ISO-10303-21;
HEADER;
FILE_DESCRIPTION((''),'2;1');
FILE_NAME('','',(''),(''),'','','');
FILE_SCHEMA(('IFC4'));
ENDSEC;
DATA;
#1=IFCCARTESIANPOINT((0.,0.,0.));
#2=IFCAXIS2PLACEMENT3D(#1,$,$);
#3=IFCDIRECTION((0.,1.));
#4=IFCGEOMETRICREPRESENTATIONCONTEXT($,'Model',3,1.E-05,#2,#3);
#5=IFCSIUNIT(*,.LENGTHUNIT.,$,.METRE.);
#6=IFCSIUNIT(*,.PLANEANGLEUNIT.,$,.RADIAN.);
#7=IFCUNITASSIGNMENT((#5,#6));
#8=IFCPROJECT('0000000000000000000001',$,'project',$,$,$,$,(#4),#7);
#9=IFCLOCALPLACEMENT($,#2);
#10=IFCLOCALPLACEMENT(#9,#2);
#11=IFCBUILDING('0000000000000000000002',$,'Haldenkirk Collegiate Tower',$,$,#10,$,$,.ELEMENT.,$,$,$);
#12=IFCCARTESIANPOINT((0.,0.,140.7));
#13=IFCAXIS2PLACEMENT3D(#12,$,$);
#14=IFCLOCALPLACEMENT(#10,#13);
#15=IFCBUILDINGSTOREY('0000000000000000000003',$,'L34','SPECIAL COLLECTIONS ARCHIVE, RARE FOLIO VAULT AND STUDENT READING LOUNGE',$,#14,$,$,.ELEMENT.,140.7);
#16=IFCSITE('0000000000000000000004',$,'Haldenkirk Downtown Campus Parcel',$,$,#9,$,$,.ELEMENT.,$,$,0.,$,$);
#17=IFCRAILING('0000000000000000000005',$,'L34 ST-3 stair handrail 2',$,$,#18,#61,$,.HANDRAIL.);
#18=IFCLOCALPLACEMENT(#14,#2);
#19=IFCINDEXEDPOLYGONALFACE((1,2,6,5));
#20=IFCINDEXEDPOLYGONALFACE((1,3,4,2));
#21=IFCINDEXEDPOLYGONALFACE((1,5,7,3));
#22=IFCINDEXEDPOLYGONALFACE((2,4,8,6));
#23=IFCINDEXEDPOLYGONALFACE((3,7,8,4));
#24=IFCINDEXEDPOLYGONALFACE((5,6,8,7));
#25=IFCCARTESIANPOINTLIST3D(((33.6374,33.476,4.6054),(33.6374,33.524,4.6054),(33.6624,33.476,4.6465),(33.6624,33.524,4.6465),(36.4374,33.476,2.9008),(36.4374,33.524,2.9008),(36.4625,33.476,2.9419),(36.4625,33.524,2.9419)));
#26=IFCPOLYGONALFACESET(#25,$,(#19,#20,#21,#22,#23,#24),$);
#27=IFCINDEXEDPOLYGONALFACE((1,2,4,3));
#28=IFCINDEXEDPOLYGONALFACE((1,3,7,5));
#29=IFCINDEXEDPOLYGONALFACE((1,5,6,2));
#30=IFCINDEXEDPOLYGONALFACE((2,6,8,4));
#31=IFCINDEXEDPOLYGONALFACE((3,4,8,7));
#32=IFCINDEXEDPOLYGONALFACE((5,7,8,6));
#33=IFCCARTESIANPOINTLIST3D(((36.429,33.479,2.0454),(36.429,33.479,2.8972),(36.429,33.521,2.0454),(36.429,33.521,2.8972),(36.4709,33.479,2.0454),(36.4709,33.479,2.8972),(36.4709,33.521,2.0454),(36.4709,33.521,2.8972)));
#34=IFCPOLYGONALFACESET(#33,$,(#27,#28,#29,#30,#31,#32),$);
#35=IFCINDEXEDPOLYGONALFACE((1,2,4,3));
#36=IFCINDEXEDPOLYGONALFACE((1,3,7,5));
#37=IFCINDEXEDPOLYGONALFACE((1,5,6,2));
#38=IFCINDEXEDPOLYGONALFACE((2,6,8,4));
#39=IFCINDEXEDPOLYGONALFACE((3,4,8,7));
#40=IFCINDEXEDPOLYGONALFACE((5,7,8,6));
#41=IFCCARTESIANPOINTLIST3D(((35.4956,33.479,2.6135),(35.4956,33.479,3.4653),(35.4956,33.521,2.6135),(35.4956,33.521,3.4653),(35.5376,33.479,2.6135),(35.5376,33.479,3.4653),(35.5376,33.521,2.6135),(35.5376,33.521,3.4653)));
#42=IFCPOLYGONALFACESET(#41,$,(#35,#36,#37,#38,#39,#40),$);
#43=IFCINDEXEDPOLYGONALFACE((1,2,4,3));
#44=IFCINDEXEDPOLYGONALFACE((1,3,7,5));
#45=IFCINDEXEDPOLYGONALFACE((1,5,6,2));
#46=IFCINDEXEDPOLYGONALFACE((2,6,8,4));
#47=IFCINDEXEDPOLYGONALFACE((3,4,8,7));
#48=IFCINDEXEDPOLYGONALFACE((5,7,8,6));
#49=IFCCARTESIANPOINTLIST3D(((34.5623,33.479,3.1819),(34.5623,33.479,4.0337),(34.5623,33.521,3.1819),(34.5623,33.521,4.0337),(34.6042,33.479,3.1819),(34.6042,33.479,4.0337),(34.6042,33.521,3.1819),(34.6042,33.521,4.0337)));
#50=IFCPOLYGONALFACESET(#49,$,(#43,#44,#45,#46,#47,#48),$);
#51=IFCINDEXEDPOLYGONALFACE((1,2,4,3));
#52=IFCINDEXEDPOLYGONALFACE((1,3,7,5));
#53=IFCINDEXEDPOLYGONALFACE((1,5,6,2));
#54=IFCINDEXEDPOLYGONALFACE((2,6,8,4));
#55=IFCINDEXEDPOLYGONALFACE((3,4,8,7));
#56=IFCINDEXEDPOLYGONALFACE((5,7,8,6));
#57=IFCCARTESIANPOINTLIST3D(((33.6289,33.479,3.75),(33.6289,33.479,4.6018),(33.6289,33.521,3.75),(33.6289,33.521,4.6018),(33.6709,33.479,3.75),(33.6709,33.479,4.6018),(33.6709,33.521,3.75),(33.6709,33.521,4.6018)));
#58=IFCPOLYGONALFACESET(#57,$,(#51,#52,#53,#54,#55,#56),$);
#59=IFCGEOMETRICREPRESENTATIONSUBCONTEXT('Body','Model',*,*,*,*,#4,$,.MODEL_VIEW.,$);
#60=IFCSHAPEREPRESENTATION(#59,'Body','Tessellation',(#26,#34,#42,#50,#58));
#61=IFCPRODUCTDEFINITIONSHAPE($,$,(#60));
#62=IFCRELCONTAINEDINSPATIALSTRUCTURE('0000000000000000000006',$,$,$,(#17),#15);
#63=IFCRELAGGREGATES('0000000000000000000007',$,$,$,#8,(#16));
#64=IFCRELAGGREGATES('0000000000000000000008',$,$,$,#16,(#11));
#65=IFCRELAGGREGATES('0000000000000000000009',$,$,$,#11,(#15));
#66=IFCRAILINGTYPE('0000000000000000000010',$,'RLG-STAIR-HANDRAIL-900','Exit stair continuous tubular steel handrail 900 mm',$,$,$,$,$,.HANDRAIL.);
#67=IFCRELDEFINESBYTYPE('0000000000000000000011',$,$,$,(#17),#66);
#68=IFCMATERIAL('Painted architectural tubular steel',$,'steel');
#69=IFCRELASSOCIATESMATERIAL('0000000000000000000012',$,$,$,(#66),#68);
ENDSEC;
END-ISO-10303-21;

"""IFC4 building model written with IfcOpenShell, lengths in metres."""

from ifc_helpers import new_model, si_unit, direction, frame, origin, origin_2d, place, context, subcontext, project, spatial, rectangle, extrude, material, type_object, element, save


model = new_model("IFC4")

# Units and contexts
model_context = context("Model", 3, precision=1e-05, world=origin(), true_north=direction((0.0, 1.0)))
body_context = subcontext(model_context, "Body", "Model", "MODEL_VIEW")
ifc_project = project(units=[si_unit("LENGTHUNIT", "METRE"), si_unit("PLANEANGLEUNIT", "RADIAN")], contexts=[model_context])

# Site, building, storey
site_placement = place(None, origin())
site = spatial("IfcSite", under=ifc_project, at=site_placement, Name="Haldenkirk Downtown Campus Parcel", CompositionType="ELEMENT", RefElevation=0.0)
building_placement = place(site_placement, origin())
building = spatial("IfcBuilding", under=site, at=building_placement, Name="Haldenkirk Collegiate Tower", CompositionType="ELEMENT")
storey_placement = place(building_placement, frame((0.0, 0.0, 140.7)))
storey = spatial("IfcBuildingStorey", under=building, at=storey_placement, Name="L34", Description="SPECIAL COLLECTIONS ARCHIVE, RARE FOLIO VAULT AND STUDENT READING LOUNGE", CompositionType="ELEMENT", Elevation=140.7)

# Railing
ifc_material_1 = material(Name="Painted architectural tubular steel", Category="steel")
railing_type_1 = type_object("IfcRailingType", Name="RLG-STAIR-HANDRAIL-900", Description="Exit stair continuous tubular steel handrail 900 mm", PredefinedType="HANDRAIL", material=ifc_material_1)
railing_1_placement = place(storey_placement, frame((36.45, 33.5, 2.0454)))
element("IfcRailing", 1, at=railing_1_placement, inside=storey, type_object=railing_type_1, Name="L34 ST-3 stair handrail 2", PredefinedType="HANDRAIL", context=body_context, shape_type="SweptSolid", body=[
    extrude(rectangle(XDim=0.0481, YDim=0.0481, at=origin_2d()), frame((0.0, 0.0, 0.876), z_axis=(-0.85417, 0.0, 0.519994), x_axis=(0.0, -1.0, 0.0)), (0.0, 0.0, 1.0), 3.2781),
    extrude(rectangle(XDim=0.042, YDim=0.042, at=origin_2d()), origin(), (0.0, 0.0, 1.0), 0.8518),
    extrude(rectangle(XDim=0.042, YDim=0.042, at=origin_2d()), frame((-0.9333, 0.0, 0.5681)), (0.0, 0.0, 1.0), 0.8518),
    extrude(rectangle(XDim=0.042, YDim=0.042, at=origin_2d()), frame((-1.8667, 0.0, 1.1365)), (0.0, 0.0, 1.0), 0.8518),
    extrude(rectangle(XDim=0.042, YDim=0.042, at=origin_2d()), frame((-2.8, 0.0, 1.7046)), (0.0, 0.0, 1.0), 0.8518),
])

save(model, "model.ifc")
